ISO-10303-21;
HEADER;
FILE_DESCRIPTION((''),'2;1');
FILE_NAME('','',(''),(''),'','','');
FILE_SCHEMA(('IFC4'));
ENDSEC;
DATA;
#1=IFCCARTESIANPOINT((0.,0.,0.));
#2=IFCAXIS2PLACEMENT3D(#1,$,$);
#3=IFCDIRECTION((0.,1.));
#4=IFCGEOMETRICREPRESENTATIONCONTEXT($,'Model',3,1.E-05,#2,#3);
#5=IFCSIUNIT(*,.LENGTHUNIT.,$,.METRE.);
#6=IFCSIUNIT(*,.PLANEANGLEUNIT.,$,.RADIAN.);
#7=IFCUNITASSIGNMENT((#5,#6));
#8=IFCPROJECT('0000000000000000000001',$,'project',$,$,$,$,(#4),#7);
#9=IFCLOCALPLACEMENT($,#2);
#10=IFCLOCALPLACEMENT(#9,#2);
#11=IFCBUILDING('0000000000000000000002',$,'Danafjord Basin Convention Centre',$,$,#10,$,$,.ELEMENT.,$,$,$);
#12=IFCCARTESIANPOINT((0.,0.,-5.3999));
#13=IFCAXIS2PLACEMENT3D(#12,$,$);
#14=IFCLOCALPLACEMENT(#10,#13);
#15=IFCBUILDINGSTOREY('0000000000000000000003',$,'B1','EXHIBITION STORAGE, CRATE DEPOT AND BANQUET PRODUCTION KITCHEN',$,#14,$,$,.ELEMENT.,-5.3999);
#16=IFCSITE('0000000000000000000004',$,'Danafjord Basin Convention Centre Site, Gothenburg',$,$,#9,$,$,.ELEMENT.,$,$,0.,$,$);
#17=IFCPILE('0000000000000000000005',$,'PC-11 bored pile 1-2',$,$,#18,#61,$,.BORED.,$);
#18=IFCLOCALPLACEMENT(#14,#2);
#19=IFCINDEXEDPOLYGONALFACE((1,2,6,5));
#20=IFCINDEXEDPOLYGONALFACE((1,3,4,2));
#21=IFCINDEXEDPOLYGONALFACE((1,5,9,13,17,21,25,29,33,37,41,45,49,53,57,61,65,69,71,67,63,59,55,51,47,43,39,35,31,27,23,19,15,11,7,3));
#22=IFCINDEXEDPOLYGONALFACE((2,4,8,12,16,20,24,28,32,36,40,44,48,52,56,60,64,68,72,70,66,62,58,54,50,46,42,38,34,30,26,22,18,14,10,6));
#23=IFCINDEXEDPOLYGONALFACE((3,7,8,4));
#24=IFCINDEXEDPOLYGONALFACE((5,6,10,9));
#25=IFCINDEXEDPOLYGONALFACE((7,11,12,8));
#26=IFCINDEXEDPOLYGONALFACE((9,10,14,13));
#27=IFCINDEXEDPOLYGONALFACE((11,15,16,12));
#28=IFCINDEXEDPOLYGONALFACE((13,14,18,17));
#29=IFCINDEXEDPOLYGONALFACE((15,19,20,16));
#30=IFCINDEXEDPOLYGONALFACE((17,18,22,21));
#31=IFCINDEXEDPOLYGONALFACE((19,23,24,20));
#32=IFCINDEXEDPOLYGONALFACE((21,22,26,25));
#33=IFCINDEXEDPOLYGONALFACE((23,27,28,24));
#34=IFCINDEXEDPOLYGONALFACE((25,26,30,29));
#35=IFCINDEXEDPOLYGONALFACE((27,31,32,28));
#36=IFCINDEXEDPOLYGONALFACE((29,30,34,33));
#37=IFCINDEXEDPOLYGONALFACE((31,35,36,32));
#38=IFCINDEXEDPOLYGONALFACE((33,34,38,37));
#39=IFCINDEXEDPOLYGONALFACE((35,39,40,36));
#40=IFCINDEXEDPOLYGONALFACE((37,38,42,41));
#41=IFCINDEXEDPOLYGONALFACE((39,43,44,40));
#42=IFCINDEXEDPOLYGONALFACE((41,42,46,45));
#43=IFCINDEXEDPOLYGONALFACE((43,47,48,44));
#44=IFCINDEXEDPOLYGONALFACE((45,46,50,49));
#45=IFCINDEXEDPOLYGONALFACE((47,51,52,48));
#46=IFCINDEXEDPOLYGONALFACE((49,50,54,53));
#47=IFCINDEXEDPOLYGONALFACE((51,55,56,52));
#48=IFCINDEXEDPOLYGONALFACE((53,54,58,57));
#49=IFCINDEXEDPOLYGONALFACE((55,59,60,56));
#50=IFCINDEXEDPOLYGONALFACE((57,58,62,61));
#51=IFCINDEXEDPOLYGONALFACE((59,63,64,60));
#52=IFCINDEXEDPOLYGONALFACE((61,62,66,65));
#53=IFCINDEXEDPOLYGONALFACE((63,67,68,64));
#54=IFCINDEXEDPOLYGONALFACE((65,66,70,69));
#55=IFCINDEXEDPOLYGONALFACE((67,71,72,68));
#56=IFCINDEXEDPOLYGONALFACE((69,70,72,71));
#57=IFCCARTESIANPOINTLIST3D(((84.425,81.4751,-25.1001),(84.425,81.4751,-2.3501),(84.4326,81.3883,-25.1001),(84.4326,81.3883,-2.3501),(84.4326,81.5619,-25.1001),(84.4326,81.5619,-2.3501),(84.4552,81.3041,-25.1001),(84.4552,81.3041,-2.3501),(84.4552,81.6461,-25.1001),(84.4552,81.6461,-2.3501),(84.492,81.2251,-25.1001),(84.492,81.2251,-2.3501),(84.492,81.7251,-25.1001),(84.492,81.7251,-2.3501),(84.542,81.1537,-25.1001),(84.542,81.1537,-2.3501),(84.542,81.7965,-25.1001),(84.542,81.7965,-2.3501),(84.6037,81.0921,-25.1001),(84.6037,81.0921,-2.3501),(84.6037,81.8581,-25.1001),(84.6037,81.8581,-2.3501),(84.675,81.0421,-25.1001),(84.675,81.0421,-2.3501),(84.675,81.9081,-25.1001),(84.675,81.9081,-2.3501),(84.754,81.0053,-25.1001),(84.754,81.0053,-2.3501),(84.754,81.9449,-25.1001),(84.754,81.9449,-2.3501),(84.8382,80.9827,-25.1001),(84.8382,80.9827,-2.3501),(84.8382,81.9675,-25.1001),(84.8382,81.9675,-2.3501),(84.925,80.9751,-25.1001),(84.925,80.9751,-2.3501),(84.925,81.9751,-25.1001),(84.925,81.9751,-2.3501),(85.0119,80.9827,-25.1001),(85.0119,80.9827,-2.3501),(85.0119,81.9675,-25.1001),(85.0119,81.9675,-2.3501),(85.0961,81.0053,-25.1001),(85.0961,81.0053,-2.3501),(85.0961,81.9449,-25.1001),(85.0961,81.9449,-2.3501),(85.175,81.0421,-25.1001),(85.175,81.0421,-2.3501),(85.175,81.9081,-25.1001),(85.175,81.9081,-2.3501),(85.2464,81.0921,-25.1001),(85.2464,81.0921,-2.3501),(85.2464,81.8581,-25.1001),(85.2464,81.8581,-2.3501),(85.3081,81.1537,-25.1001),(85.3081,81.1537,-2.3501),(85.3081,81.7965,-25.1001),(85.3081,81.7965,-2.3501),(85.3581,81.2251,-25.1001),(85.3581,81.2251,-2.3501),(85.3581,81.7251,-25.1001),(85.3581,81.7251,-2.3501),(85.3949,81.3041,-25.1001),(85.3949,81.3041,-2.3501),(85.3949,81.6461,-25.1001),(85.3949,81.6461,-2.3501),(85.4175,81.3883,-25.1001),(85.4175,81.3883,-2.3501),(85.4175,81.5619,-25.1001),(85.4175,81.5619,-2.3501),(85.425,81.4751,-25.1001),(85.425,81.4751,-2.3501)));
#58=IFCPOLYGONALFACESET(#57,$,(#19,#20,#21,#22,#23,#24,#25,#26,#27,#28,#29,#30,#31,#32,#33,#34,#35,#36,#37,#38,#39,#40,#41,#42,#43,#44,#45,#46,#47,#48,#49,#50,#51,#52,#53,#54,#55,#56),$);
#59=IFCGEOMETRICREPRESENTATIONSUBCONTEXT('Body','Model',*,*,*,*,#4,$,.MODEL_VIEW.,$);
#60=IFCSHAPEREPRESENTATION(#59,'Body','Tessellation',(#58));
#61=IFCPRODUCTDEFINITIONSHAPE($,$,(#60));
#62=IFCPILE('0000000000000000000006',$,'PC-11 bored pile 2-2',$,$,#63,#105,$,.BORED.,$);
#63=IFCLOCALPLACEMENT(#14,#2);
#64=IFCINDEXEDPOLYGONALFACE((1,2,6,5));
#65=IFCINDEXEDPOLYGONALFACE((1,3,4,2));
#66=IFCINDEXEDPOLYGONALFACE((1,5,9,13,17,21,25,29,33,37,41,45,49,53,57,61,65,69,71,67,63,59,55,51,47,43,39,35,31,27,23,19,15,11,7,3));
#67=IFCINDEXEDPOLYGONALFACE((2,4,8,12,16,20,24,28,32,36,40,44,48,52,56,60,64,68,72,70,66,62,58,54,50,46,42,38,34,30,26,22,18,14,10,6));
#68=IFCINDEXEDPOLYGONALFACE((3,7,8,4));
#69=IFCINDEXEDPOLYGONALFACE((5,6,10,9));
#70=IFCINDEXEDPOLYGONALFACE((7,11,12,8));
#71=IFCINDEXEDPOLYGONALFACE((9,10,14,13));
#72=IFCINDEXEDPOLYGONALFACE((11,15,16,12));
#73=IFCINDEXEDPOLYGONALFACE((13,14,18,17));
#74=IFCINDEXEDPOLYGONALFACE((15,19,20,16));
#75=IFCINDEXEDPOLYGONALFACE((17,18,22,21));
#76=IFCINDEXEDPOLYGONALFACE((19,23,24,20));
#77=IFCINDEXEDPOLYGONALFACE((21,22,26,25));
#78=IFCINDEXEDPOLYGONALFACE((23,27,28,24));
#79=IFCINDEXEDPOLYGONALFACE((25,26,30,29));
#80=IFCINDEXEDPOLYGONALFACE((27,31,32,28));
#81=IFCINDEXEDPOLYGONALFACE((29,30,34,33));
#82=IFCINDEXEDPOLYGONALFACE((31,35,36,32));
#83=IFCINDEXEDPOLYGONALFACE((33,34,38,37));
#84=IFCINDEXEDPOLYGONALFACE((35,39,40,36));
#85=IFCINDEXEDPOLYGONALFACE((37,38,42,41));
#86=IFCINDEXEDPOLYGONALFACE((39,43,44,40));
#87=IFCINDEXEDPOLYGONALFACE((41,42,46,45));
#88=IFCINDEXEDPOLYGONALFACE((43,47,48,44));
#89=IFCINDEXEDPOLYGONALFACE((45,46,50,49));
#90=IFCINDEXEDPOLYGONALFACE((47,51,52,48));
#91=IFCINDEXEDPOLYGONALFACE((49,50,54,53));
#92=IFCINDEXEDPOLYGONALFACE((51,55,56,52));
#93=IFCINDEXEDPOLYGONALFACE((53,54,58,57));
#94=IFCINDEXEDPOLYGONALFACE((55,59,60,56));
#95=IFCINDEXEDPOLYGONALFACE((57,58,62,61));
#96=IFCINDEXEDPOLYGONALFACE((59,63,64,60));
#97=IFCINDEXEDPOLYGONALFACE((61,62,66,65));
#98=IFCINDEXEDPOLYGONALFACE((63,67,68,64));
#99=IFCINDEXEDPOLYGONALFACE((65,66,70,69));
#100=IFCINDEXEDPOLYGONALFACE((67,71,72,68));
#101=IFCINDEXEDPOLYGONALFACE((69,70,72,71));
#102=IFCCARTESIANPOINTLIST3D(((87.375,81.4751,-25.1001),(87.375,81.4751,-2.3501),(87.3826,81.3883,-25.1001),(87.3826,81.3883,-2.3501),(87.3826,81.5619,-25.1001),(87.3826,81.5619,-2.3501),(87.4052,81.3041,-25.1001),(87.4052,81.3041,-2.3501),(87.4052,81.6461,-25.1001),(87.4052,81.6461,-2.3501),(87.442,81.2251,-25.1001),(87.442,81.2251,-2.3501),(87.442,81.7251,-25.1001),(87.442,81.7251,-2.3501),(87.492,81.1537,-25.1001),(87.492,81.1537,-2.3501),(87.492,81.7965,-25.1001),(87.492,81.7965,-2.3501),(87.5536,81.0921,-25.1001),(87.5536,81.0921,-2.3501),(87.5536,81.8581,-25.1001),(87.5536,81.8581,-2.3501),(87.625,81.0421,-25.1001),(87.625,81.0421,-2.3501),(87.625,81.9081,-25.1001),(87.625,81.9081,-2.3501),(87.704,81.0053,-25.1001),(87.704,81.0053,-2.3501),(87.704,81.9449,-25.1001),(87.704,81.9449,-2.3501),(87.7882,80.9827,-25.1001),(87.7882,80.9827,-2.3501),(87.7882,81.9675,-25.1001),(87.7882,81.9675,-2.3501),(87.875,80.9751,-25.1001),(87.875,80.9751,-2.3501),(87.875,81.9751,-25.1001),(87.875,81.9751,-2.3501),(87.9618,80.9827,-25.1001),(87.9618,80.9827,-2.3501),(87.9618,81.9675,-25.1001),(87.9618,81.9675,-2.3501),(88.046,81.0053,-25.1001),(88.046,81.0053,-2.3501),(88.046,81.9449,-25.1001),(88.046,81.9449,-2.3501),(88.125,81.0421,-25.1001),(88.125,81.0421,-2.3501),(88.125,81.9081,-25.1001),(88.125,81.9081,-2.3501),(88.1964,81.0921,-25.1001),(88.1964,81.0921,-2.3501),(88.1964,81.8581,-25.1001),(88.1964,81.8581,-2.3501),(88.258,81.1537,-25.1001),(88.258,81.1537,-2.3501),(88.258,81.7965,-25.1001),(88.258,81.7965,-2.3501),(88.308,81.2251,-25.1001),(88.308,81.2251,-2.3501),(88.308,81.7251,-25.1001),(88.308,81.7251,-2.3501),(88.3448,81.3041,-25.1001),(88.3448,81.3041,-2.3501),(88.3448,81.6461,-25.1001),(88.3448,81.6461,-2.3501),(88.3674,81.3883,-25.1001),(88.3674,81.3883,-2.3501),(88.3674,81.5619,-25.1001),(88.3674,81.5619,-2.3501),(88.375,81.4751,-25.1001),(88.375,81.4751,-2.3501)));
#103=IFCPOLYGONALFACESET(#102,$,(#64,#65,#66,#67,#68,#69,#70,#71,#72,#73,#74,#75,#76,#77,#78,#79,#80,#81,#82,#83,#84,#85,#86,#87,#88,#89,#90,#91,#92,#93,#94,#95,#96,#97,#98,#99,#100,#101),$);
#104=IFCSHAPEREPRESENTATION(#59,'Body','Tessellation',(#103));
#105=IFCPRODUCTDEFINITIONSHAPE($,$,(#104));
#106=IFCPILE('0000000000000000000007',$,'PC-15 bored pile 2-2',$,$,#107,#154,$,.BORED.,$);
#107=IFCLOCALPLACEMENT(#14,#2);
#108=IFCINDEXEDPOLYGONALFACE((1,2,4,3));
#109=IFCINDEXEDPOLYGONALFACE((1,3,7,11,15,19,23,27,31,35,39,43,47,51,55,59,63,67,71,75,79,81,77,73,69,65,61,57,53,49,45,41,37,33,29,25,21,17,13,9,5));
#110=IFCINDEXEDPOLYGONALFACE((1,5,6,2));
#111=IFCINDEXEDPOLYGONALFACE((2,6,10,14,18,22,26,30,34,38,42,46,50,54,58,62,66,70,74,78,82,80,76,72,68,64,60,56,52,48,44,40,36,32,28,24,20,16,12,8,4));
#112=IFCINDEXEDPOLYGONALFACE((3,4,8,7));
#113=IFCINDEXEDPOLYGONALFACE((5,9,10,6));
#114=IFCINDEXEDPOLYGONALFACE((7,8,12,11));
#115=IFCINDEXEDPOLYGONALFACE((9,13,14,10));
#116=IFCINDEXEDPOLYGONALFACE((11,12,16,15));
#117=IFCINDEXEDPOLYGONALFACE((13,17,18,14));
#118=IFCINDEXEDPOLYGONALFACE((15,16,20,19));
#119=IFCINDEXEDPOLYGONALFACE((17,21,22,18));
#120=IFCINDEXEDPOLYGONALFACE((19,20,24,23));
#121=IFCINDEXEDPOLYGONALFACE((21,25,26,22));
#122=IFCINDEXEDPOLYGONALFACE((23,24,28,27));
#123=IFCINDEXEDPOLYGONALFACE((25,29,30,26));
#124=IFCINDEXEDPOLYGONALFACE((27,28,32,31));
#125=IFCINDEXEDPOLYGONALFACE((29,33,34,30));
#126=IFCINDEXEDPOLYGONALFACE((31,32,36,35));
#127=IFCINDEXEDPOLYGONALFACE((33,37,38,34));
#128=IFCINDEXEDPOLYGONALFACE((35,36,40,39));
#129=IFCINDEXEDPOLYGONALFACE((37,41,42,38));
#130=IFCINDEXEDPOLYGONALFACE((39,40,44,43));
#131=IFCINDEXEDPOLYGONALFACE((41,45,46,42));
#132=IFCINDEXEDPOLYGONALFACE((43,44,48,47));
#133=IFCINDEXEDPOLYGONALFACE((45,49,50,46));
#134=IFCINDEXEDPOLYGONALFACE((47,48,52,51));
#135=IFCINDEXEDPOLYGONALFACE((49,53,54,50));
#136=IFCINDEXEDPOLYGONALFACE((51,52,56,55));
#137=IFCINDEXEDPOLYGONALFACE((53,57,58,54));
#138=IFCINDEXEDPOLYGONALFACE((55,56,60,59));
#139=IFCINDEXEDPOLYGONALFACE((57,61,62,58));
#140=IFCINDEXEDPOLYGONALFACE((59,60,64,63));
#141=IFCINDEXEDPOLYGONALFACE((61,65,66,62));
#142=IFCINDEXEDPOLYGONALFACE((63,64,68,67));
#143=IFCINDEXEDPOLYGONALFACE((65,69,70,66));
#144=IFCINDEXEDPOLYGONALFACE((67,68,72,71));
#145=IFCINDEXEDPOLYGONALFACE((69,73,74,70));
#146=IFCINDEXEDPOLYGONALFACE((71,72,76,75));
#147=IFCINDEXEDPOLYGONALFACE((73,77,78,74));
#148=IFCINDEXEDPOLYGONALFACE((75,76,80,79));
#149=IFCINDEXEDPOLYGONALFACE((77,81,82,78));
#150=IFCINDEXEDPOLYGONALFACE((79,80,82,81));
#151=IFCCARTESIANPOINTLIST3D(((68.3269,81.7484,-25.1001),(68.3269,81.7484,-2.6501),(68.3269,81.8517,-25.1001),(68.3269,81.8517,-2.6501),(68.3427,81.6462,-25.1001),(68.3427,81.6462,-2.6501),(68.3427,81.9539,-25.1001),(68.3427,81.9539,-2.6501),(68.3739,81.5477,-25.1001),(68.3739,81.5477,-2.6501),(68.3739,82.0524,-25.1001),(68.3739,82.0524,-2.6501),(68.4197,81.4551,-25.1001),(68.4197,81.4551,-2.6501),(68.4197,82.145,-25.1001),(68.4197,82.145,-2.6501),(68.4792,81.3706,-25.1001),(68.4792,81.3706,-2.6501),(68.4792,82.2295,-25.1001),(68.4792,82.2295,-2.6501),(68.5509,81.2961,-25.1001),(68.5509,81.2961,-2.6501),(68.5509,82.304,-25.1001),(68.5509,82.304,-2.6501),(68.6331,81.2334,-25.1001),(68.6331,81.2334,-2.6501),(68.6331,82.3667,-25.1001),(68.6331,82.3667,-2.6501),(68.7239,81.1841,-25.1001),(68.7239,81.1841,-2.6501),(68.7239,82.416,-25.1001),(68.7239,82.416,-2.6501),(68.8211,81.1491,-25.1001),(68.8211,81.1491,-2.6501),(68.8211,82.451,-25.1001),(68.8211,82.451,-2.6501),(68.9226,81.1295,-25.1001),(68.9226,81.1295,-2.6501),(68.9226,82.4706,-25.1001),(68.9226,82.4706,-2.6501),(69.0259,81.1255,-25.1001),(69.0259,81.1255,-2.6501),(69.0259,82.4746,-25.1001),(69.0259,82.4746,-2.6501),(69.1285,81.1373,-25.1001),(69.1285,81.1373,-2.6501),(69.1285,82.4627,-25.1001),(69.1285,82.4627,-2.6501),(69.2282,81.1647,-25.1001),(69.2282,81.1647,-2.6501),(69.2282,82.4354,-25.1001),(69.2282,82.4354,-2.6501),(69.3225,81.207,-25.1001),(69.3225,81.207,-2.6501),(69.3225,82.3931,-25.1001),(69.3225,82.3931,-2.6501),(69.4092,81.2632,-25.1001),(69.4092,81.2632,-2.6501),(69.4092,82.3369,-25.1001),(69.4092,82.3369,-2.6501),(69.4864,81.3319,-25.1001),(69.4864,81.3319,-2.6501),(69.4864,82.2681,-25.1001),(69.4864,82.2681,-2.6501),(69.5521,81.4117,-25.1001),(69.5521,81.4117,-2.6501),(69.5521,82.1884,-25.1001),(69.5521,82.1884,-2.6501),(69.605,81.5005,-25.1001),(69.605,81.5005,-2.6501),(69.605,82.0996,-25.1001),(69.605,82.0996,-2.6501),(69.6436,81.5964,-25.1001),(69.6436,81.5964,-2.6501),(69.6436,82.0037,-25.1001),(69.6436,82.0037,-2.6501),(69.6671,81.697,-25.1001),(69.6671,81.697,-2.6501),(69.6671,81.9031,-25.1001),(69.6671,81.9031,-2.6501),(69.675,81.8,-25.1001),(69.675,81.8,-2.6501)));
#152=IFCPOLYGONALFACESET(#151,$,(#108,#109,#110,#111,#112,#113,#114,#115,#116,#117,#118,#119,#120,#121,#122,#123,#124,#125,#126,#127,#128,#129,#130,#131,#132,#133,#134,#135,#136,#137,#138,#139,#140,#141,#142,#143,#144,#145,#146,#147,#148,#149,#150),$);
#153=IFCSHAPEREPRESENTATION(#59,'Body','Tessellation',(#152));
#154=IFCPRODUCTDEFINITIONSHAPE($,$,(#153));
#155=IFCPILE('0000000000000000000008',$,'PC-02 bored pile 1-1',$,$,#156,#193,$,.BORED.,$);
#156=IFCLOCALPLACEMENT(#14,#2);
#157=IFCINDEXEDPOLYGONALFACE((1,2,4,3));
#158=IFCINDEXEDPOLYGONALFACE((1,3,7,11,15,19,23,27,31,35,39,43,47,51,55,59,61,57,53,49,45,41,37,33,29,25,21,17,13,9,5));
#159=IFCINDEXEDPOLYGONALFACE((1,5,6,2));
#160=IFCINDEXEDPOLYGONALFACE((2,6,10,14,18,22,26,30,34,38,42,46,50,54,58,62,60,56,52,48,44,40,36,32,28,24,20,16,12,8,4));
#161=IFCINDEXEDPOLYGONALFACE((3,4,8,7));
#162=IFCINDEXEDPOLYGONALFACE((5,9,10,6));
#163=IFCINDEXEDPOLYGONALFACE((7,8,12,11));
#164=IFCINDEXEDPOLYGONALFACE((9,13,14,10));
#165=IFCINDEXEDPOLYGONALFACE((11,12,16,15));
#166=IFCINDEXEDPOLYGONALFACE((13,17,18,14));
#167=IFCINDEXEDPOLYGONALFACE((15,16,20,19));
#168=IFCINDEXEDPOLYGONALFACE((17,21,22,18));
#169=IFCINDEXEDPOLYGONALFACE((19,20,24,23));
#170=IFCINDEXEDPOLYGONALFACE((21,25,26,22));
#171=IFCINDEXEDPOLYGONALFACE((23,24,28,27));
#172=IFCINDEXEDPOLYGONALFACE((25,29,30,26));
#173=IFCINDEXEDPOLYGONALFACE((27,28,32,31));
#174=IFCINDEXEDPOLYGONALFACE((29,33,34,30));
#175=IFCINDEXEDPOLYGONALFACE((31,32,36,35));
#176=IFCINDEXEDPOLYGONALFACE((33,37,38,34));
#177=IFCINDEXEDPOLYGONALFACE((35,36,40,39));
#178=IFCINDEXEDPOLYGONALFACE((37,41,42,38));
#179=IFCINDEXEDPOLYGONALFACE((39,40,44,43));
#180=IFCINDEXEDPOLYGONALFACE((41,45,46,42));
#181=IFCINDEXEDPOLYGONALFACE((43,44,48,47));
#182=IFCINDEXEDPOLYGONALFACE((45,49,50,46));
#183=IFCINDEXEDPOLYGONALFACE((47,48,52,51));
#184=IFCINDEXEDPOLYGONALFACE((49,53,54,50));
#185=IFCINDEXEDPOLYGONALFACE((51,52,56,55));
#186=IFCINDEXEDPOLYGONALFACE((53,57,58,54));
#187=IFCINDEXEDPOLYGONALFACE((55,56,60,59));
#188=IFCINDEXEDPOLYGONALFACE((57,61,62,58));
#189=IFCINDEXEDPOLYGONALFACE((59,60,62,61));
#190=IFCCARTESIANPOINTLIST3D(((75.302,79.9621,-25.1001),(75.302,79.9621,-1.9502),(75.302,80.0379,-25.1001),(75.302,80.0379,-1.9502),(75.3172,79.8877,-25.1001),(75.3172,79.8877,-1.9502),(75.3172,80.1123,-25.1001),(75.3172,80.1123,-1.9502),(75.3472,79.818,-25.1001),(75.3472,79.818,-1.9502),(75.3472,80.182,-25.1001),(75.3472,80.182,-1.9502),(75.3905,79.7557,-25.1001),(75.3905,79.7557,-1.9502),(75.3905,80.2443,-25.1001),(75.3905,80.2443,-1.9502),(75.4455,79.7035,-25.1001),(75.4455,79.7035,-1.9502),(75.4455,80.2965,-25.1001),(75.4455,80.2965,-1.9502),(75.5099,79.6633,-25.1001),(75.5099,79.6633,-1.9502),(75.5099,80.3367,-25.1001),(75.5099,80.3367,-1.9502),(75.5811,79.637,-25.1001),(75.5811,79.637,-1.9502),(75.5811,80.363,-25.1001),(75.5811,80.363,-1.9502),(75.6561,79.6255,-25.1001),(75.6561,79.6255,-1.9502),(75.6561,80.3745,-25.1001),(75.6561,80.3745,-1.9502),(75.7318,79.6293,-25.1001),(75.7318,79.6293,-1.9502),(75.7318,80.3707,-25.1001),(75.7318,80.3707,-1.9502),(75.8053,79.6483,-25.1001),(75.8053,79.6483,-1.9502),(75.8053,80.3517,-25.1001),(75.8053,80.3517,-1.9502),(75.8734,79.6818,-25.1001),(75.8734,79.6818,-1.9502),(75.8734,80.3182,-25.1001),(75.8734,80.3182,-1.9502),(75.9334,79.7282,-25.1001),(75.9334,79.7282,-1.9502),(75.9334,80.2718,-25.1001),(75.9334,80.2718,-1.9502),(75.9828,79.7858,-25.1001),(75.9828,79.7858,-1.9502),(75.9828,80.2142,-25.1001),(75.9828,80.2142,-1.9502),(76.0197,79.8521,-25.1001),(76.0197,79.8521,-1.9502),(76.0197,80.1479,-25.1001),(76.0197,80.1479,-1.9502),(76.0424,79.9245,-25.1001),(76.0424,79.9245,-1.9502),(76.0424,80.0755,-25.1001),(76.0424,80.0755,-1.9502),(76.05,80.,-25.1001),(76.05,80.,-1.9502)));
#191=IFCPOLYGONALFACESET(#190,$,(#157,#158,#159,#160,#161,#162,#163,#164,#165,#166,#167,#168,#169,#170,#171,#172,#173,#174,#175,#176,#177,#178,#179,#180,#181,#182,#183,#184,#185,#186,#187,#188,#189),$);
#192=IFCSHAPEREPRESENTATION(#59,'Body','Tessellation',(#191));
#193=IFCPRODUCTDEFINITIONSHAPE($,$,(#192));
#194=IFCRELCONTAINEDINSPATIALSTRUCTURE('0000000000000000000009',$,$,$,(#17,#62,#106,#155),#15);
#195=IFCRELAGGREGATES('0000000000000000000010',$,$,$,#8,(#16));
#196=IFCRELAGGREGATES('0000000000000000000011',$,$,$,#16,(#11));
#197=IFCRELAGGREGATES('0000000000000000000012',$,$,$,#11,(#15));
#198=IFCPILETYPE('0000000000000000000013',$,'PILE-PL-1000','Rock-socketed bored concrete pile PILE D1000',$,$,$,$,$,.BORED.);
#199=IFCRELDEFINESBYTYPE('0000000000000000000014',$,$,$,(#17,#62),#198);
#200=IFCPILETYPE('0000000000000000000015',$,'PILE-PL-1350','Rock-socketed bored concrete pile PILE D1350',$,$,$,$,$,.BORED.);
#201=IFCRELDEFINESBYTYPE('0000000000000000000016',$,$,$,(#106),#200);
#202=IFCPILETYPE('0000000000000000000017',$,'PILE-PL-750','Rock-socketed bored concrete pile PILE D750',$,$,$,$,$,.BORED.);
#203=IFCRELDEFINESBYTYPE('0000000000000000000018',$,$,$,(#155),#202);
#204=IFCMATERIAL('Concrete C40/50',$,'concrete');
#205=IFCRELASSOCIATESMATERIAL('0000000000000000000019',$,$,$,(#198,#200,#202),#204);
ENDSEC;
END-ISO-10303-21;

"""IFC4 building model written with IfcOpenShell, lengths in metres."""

from ifc_helpers import new_model, si_unit, direction, frame, origin, origin_2d, place, context, subcontext, project, spatial, circle, extrude, material, material_profile, profile_set, type_object, element, save


model = new_model("IFC4")

# Units and contexts
model_context = context("Model", 3, precision=1e-05, world=origin(), true_north=direction((0.0, 1.0)))
body_context = subcontext(model_context, "Body", "Model", "MODEL_VIEW")
ifc_project = project(units=[si_unit("LENGTHUNIT", "METRE"), si_unit("PLANEANGLEUNIT", "RADIAN")], contexts=[model_context])

# Site, building, storey
site_placement = place(None, origin())
site = spatial("IfcSite", under=ifc_project, at=site_placement, Name="Danafjord Basin Convention Centre Site, Gothenburg", CompositionType="ELEMENT", RefElevation=0.0)
building_placement = place(site_placement, origin())
building = spatial("IfcBuilding", under=site, at=building_placement, Name="Danafjord Basin Convention Centre", CompositionType="ELEMENT")
storey_placement = place(building_placement, frame((0.0, 0.0, -5.3999)))
storey = spatial("IfcBuildingStorey", under=building, at=storey_placement, Name="B1", Description="EXHIBITION STORAGE, CRATE DEPOT AND BANQUET PRODUCTION KITCHEN", CompositionType="ELEMENT", Elevation=-5.3999)

# Shared definitions
ifc_material_1 = material(Name="Concrete C40/50", Category="concrete")

# Piles
ifc_material_profile_1 = material_profile(ifc_material_1, circle(Radius=0.5, at=origin_2d()), Name="PILE D1000")
ifc_profile_set_1 = profile_set([ifc_material_profile_1], Name="Concrete C40/50")
pile_type_1 = type_object("IfcPileType", Name="PILE-PL-1000", Description="Rock-socketed bored concrete pile PILE D1000", PredefinedType="BORED", material=ifc_profile_set_1)
for number, where, z_axis, x_axis, name in (
    (1, (84.925, 81.4751, -2.3501), (0.0, 0.0, -1.0), (1.0, 0.0, 0.0), "PC-11 bored pile 1-2"),
    (2, (87.875, 81.4751, -2.3501), (0.0, 0.0, -1.0), (1.0, 0.0, 0.0), "PC-11 bored pile 2-2"),
):
    element("IfcPile", number, at=place(storey_placement, frame(where, z_axis=z_axis, x_axis=x_axis)), inside=storey, type_object=pile_type_1, Name=name, PredefinedType="BORED", context=body_context, shape_type="SweptSolid", body=[
        extrude(circle(Radius=0.5, at=origin_2d()), origin(), (0.0, 0.0, 1.0), 22.75),
    ])
ifc_material_profile_2 = material_profile(ifc_material_1, circle(Radius=0.675, at=origin_2d()), Name="PILE D1350")
ifc_profile_set_2 = profile_set([ifc_material_profile_2], Name="Concrete C40/50")
pile_type_2 = type_object("IfcPileType", Name="PILE-PL-1350", Description="Rock-socketed bored concrete pile PILE D1350", PredefinedType="BORED", material=ifc_profile_set_2)
pile_placement = place(storey_placement, frame((69.0, 81.8, -2.6501), z_axis=(0.0, 0.0, -1.0), x_axis=(1.0, 0.0, 0.0)))
element("IfcPile", 3, at=pile_placement, inside=storey, type_object=pile_type_2, Name="PC-15 bored pile 2-2", PredefinedType="BORED", context=body_context, shape_type="SweptSolid", body=[
    extrude(circle(Radius=0.675, at=origin_2d()), origin(), (0.0, 0.0, 1.0), 22.45),
])
ifc_material_profile_3 = material_profile(ifc_material_1, circle(Radius=0.375, at=origin_2d()), Name="PILE D750")
ifc_profile_set_3 = profile_set([ifc_material_profile_3], Name="Concrete C40/50")
pile_type_3 = type_object("IfcPileType", Name="PILE-PL-750", Description="Rock-socketed bored concrete pile PILE D750", PredefinedType="BORED", material=ifc_profile_set_3)
for number, where, z_axis, x_axis, name in (
    (4, (75.675, 80.0, -1.9502), (0.0, 0.0, -1.0), (1.0, 0.0, 0.0), "PC-02 bored pile 1-1"),
):
    element("IfcPile", number, at=place(storey_placement, frame(where, z_axis=z_axis, x_axis=x_axis)), inside=storey, type_object=pile_type_3, Name=name, PredefinedType="BORED", context=body_context, shape_type="SweptSolid", body=[
        extrude(circle(Radius=0.375, at=origin_2d()), origin(), (0.0, 0.0, 1.0), 23.1499),
    ])

save(model, "model.ifc")
